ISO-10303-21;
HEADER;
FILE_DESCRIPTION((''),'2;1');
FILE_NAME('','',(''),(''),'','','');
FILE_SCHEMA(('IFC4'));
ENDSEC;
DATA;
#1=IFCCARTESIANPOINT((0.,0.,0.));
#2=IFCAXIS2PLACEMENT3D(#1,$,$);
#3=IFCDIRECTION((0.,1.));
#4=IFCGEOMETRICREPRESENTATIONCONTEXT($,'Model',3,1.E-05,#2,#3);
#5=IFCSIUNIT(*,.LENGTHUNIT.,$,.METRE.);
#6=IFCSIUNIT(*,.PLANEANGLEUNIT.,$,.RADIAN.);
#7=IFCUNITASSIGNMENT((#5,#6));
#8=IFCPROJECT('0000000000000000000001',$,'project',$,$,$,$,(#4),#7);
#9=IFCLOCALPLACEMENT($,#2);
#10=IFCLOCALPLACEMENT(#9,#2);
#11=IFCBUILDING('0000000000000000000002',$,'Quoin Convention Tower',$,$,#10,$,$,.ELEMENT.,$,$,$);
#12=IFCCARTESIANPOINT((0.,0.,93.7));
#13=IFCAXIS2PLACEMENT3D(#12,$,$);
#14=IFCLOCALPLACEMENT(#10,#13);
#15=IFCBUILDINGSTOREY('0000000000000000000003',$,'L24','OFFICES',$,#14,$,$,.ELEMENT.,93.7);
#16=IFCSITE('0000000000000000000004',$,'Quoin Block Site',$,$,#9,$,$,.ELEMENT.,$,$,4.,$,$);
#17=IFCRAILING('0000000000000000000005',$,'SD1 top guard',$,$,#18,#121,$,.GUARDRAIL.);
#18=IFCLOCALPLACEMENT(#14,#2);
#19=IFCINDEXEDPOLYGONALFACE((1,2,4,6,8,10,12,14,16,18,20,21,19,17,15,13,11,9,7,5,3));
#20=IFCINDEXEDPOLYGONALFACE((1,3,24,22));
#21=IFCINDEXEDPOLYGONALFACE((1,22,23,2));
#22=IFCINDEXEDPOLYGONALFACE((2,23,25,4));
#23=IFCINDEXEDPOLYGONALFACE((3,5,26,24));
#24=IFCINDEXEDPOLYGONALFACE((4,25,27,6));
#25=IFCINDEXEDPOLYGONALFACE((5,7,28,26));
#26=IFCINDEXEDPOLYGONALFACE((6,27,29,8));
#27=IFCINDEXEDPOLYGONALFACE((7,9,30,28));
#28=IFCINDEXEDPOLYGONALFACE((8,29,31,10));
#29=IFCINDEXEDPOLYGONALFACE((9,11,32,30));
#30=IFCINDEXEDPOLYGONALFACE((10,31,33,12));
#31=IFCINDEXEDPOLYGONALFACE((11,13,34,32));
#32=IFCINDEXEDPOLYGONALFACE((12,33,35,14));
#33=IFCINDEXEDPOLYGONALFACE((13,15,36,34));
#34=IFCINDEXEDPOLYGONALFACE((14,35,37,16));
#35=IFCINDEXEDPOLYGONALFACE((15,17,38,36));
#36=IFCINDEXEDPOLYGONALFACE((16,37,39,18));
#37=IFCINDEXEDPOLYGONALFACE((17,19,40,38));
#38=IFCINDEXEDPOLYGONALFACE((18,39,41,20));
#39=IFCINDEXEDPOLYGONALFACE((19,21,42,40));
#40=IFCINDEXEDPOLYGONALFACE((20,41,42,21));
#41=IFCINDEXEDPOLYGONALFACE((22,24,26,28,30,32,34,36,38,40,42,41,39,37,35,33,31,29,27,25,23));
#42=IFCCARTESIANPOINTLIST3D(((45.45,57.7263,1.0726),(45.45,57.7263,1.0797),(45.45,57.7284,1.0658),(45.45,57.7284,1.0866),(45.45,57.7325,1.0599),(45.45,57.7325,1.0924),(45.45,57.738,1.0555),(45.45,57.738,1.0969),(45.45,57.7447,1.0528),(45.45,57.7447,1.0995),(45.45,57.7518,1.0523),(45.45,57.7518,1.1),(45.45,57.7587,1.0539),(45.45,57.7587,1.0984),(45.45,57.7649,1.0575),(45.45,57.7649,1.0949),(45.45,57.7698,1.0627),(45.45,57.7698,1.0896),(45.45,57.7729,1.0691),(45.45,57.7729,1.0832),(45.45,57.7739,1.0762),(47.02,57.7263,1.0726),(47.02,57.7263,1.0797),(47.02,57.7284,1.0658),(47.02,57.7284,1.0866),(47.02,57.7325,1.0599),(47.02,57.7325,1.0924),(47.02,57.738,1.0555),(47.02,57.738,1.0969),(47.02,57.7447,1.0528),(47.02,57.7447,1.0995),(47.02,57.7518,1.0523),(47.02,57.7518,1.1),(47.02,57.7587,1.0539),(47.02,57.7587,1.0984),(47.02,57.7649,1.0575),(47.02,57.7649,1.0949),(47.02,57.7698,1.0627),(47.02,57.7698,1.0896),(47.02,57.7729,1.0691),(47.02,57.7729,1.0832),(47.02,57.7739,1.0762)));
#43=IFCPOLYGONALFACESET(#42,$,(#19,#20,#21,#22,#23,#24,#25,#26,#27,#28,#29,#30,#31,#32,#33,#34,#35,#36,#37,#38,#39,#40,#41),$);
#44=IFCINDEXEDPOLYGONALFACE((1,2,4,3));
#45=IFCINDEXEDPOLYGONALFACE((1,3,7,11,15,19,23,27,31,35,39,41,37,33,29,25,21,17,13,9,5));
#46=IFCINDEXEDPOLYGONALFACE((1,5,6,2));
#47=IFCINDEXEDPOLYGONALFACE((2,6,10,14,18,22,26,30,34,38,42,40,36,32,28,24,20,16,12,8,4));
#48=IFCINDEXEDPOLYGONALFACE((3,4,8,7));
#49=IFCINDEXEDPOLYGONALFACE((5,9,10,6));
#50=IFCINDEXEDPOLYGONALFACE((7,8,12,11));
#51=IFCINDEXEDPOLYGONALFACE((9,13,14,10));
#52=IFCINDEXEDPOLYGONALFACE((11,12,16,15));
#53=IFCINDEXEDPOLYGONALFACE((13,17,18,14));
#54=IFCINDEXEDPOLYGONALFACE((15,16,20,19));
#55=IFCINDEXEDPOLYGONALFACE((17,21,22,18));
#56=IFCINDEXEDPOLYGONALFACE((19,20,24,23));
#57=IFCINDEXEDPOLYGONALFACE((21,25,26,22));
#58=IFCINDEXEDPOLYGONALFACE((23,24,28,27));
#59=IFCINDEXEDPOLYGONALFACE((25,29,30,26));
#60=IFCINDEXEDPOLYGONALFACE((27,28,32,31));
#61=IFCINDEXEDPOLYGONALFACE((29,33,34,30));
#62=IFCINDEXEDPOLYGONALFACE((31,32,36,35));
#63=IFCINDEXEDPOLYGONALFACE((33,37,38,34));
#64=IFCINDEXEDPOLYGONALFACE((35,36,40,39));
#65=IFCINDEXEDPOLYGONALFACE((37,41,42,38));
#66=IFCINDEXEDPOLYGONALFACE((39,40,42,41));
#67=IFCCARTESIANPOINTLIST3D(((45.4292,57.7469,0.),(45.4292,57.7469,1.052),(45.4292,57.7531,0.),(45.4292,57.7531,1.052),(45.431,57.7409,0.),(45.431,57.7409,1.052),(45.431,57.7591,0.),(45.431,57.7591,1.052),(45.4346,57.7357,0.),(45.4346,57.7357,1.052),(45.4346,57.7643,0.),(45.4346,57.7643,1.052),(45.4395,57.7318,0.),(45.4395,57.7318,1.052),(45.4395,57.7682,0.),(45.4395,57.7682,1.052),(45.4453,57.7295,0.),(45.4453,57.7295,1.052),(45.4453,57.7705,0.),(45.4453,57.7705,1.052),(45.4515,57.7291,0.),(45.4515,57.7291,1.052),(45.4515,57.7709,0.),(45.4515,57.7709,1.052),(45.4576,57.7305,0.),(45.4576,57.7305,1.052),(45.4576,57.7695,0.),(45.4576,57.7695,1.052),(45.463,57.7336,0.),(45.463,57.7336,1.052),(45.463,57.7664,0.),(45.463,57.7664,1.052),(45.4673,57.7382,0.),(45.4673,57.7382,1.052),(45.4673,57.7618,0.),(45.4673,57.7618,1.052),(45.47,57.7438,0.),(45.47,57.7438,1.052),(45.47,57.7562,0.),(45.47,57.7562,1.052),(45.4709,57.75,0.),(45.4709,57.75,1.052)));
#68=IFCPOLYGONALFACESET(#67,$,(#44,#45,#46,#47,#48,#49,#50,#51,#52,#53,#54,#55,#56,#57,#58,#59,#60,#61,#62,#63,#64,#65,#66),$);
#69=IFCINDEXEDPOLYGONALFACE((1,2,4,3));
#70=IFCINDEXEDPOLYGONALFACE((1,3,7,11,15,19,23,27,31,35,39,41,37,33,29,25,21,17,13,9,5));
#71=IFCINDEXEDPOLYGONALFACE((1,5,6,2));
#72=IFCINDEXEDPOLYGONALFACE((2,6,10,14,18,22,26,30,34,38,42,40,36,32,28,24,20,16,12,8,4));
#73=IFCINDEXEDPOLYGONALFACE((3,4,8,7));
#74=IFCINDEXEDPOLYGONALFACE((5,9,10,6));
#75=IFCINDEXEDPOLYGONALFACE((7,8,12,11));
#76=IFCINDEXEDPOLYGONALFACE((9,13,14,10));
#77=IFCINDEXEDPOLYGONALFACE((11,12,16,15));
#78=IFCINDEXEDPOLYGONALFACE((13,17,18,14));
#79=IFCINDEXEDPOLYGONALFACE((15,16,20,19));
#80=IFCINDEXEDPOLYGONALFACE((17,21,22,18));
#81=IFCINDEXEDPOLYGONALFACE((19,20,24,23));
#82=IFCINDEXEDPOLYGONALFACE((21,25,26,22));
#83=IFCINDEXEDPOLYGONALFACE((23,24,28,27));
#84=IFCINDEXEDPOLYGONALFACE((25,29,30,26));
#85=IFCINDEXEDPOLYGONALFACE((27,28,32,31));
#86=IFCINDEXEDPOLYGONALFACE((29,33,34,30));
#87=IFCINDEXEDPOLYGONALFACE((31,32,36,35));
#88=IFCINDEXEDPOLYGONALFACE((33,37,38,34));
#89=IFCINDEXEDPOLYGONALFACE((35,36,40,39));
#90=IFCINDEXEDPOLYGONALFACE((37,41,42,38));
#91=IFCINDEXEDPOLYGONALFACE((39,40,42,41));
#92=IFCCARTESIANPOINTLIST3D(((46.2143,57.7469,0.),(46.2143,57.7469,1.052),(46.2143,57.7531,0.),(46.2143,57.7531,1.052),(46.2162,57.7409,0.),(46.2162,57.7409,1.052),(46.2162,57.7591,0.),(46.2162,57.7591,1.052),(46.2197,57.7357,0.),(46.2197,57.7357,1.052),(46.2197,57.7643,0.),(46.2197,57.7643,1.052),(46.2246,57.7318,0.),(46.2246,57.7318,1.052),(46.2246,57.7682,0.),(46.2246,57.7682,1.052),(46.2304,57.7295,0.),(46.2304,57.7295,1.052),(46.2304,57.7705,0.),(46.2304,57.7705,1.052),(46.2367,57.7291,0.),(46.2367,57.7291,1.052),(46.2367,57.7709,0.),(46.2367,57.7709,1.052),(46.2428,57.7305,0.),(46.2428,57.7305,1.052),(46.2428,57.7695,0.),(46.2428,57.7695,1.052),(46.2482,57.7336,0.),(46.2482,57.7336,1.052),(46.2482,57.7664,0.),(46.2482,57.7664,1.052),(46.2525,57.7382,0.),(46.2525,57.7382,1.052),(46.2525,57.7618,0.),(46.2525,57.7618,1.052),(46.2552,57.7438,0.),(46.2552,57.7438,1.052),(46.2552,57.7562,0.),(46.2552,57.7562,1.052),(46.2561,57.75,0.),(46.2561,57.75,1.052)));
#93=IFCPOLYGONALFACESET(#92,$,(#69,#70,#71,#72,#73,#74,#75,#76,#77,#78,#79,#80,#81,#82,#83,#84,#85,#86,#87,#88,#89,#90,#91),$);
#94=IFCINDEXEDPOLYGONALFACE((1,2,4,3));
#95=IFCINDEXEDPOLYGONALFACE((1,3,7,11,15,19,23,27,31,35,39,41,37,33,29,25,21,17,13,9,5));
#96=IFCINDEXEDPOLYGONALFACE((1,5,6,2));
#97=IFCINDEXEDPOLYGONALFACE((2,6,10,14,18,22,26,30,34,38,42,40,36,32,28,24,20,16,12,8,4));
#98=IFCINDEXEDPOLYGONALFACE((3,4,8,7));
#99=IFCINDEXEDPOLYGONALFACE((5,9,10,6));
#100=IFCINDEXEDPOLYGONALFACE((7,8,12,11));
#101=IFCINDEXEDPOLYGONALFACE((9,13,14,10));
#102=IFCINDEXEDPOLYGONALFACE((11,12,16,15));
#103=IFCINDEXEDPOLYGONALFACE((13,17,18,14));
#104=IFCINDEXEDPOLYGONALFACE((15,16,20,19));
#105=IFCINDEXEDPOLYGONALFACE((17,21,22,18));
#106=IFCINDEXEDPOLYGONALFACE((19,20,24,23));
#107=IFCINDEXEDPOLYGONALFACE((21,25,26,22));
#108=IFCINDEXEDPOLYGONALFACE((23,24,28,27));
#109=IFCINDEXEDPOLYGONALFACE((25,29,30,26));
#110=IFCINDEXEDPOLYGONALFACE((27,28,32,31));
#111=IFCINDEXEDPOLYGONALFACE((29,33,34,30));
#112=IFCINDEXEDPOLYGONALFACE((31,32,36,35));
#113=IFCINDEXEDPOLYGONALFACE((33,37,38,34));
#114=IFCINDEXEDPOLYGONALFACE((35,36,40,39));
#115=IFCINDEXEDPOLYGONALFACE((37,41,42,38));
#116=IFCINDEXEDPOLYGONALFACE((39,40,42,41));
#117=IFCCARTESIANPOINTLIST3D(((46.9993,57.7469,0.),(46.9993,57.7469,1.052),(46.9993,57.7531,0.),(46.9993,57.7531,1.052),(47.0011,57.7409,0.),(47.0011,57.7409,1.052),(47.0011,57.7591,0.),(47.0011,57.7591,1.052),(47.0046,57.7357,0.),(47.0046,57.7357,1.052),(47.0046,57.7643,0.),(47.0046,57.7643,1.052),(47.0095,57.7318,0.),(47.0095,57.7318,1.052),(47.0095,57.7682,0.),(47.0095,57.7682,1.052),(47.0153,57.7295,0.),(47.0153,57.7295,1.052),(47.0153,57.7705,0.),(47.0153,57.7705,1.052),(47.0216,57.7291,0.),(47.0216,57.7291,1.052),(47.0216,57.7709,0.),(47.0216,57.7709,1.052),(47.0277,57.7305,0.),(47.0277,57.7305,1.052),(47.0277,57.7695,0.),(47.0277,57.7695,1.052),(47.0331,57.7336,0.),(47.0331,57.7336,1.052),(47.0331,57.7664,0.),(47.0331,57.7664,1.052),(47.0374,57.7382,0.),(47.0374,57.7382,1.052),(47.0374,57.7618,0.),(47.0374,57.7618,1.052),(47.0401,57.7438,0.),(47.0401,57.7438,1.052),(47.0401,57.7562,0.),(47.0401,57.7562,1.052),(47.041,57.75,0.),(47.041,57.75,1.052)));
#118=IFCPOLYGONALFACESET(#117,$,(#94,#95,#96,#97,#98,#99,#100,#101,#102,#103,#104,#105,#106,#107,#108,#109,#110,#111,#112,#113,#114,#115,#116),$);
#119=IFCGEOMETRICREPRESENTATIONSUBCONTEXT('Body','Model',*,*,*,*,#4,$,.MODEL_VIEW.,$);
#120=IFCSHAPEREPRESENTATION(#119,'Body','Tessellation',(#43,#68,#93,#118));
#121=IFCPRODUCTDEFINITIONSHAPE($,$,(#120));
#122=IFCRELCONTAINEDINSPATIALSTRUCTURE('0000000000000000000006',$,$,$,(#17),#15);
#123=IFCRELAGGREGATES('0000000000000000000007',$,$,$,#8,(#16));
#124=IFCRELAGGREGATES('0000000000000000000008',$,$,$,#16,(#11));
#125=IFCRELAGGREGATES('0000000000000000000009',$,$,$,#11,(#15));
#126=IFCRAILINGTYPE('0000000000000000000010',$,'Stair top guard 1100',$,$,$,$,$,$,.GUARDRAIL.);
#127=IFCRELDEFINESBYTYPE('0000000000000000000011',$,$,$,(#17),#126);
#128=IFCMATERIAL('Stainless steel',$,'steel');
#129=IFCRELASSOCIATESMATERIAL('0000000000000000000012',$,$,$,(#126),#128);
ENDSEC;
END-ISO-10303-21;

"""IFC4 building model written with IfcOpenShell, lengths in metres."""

from ifc_helpers import new_model, si_unit, direction, frame, origin, origin_2d, place, context, subcontext, project, spatial, circle, extrude, material, type_object, element, save


model = new_model("IFC4")

# Units and contexts
model_context = context("Model", 3, precision=1e-05, world=origin(), true_north=direction((0.0, 1.0)))
body_context = subcontext(model_context, "Body", "Model", "MODEL_VIEW")
ifc_project = project(units=[si_unit("LENGTHUNIT", "METRE"), si_unit("PLANEANGLEUNIT", "RADIAN")], contexts=[model_context])

# Site, building, storey
site_placement = place(None, origin())
site = spatial("IfcSite", under=ifc_project, at=site_placement, Name="Quoin Block Site", CompositionType="ELEMENT", RefElevation=4.0)
building_placement = place(site_placement, origin())
building = spatial("IfcBuilding", under=site, at=building_placement, Name="Quoin Convention Tower", CompositionType="ELEMENT")
storey_placement = place(building_placement, frame((0.0, 0.0, 93.7)))
storey = spatial("IfcBuildingStorey", under=building, at=storey_placement, Name="L24", Description="OFFICES", CompositionType="ELEMENT", Elevation=93.7)

# Railing
ifc_material_1 = material(Name="Stainless steel", Category="steel")
railing_type_1 = type_object("IfcRailingType", Name="Stair top guard 1100", PredefinedType="GUARDRAIL", material=ifc_material_1)
railing_1_placement = place(storey_placement, frame((45.45, 57.75, 0.0)))
element("IfcRailing", 1, at=railing_1_placement, inside=storey, type_object=railing_type_1, Name="SD1 top guard", PredefinedType="GUARDRAIL", context=body_context, shape_type="SweptSolid", body=[
    extrude(circle(Radius=0.0239, at=origin_2d()), frame((0.0, 0.0, 1.0762), z_axis=(1.0, 0.0, 0.0), x_axis=(0.0, 1.0, 0.0)), (0.0, 0.0, 1.0), 1.5701),
    extrude(circle(Radius=0.021, at=origin_2d()), origin(), (0.0, 0.0, 1.0), 1.052),
    extrude(circle(Radius=0.021, at=origin_2d()), frame((0.7852, 0.0, 0.0)), (0.0, 0.0, 1.0), 1.052),
    extrude(circle(Radius=0.021, at=origin_2d()), frame((1.5701, 0.0, 0.0)), (0.0, 0.0, 1.0), 1.052),
])

save(model, "model.ifc")
